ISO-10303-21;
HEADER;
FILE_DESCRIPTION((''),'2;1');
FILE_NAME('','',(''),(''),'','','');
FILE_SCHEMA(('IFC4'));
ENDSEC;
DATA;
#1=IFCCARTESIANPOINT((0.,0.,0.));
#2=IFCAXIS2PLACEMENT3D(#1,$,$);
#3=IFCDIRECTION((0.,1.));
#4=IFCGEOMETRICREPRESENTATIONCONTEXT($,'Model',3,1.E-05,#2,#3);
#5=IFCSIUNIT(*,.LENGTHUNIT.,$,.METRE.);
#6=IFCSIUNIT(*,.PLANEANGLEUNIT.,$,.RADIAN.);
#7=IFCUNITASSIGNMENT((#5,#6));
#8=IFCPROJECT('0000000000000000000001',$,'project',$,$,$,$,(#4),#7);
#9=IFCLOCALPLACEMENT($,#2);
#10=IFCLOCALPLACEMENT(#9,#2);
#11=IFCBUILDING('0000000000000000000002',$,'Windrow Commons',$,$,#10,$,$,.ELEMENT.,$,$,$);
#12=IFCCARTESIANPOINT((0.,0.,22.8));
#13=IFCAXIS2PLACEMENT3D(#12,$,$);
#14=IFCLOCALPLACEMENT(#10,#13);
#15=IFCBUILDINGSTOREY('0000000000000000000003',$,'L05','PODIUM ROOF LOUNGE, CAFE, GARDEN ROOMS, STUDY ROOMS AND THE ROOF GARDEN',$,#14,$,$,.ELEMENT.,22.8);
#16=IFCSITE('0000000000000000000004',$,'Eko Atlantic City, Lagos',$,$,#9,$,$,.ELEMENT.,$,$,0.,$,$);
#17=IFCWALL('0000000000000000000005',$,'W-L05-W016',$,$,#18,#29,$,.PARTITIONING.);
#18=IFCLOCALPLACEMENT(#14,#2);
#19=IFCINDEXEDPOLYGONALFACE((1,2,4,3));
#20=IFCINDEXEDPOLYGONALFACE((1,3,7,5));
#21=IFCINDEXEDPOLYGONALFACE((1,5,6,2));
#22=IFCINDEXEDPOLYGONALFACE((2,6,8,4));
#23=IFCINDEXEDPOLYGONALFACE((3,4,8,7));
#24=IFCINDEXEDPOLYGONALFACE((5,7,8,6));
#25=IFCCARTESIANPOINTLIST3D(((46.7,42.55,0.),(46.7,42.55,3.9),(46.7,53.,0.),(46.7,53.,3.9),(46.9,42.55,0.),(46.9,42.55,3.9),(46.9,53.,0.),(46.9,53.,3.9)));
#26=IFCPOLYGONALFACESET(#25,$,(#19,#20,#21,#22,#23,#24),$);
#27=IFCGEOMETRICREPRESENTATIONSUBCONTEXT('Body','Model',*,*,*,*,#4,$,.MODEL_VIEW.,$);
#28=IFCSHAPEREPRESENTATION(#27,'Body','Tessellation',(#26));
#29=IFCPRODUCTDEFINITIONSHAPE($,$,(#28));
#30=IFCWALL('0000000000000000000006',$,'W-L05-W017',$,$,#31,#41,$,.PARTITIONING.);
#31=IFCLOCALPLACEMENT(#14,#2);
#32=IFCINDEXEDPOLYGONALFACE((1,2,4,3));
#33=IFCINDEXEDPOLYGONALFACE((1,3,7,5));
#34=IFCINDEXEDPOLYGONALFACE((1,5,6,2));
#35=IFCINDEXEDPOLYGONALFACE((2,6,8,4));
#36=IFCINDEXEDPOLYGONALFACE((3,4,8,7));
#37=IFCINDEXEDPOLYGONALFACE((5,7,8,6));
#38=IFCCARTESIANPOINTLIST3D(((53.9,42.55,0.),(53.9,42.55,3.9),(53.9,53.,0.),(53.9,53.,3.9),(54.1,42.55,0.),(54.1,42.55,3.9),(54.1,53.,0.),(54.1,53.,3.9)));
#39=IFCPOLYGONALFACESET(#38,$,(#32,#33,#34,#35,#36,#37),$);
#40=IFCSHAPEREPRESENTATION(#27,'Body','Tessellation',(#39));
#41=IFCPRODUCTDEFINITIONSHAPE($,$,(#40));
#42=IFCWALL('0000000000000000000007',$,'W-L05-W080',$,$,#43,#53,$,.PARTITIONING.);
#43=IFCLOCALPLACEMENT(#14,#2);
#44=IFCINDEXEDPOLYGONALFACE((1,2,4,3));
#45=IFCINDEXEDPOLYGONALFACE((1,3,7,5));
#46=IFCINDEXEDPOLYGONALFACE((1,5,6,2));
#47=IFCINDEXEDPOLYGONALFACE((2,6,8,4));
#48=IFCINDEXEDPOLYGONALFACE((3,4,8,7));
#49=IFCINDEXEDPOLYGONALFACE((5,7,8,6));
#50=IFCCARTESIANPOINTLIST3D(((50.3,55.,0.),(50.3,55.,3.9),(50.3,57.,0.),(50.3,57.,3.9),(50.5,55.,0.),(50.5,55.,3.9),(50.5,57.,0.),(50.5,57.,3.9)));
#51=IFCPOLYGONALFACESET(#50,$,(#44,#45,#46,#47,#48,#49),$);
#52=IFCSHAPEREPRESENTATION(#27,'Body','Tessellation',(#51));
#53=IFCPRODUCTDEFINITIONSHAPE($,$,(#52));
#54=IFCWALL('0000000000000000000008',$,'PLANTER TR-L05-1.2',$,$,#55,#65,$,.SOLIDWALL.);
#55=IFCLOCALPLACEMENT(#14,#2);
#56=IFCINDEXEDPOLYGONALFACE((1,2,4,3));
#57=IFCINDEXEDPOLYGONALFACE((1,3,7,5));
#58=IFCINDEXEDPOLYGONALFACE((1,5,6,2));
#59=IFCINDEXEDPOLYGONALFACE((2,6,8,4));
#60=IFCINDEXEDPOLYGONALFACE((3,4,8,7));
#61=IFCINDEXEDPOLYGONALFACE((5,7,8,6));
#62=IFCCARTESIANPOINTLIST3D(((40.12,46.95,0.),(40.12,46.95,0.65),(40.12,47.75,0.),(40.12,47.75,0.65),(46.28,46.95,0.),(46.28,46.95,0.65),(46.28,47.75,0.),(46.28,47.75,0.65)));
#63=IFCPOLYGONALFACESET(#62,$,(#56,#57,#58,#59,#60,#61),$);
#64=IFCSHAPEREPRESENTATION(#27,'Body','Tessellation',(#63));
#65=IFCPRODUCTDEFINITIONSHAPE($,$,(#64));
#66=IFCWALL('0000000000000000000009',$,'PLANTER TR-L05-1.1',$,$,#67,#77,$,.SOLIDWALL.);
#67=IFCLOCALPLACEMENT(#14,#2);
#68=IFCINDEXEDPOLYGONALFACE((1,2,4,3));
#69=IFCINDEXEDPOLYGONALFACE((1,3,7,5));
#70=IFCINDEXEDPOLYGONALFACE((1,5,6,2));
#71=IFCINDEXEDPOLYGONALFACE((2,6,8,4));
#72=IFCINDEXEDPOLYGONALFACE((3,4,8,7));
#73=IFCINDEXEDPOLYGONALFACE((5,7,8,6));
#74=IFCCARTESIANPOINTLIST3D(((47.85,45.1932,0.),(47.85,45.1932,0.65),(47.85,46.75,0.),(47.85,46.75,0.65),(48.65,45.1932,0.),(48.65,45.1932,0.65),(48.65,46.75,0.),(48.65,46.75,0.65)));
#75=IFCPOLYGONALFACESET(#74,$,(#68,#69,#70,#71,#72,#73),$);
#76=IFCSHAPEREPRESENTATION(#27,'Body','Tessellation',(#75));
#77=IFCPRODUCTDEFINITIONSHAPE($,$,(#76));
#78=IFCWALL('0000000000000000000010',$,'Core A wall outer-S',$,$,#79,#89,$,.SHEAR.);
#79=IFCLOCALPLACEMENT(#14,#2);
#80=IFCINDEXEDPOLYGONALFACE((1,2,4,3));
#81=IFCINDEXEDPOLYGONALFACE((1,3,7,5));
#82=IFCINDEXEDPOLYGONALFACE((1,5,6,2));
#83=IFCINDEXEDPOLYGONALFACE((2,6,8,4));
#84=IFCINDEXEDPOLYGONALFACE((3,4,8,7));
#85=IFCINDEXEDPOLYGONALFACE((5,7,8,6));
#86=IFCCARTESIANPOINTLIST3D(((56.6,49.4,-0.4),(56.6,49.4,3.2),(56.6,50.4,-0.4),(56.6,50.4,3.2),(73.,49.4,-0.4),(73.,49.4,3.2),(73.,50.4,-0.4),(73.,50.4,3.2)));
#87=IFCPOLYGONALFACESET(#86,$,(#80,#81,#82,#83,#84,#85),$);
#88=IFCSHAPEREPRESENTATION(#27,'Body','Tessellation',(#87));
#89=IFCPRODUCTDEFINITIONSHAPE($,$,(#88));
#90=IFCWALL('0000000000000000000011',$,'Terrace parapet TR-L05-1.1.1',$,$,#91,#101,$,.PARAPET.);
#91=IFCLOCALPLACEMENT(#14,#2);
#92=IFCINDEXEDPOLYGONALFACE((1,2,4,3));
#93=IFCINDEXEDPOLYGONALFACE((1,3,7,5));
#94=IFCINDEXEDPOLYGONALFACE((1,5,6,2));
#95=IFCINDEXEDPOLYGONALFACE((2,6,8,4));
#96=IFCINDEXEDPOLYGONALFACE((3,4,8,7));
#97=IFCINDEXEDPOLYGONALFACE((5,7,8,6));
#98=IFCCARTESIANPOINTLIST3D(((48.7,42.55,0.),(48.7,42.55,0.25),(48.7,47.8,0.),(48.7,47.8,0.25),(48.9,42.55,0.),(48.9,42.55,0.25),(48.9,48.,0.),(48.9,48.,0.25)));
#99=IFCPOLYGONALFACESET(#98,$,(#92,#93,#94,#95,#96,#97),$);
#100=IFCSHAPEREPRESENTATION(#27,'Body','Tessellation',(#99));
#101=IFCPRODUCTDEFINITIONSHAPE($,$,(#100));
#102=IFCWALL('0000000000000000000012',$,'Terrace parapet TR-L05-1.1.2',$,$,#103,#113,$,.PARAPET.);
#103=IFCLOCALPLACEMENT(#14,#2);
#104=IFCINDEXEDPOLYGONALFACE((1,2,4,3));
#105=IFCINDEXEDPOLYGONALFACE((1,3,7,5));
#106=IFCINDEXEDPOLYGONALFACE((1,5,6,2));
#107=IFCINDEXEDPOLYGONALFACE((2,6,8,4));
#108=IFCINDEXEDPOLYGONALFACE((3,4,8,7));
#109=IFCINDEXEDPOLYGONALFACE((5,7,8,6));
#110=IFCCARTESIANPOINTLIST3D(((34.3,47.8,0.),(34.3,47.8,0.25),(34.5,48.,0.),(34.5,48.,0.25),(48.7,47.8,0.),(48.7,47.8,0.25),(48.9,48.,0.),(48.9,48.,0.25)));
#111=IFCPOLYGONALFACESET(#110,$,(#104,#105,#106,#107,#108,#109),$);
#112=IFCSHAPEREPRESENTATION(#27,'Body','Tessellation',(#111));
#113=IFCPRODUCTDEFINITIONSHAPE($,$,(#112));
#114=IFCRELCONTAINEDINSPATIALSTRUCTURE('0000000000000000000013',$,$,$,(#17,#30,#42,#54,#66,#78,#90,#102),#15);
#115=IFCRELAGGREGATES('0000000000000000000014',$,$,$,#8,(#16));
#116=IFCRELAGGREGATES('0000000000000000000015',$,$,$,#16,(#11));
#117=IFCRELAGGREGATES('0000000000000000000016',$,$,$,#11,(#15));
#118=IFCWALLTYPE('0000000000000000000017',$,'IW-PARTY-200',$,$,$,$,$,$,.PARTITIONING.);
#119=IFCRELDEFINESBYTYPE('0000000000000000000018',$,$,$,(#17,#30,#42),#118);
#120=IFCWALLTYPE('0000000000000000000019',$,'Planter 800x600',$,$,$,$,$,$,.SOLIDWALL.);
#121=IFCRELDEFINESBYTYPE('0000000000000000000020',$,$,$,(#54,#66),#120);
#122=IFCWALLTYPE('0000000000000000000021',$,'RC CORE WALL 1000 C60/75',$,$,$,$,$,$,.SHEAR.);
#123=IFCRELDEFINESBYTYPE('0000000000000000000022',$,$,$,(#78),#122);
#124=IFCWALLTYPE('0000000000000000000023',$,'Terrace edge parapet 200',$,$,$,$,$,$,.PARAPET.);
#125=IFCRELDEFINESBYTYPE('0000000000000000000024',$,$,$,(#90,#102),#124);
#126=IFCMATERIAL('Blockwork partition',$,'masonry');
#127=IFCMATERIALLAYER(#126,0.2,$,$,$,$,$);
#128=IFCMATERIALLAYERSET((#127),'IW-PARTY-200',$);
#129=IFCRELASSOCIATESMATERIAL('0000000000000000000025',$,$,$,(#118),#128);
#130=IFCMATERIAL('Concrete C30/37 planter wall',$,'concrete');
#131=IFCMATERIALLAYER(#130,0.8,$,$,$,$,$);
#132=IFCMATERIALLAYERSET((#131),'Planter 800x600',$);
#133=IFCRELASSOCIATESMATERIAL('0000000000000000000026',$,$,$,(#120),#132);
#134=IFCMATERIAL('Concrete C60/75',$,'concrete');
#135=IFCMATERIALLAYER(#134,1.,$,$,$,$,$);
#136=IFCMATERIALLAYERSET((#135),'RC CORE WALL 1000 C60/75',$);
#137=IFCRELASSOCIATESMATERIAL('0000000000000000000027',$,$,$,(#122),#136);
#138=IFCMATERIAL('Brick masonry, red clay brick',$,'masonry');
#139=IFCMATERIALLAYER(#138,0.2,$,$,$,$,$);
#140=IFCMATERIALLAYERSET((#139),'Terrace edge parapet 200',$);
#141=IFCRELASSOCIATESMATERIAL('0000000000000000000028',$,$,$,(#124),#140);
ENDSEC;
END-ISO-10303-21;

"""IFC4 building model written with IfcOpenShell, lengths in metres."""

from ifc_helpers import new_model, si_unit, direction, frame, frame_2d, origin, place, context, subcontext, project, spatial, polyline, rectangle, outline, extrude, material, layer, layer_set, type_object, element, save


model = new_model("IFC4")

# Units and contexts
model_context = context("Model", 3, precision=1e-05, world=origin(), true_north=direction((0.0, 1.0)))
body_context = subcontext(model_context, "Body", "Model", "MODEL_VIEW")
ifc_project = project(units=[si_unit("LENGTHUNIT", "METRE"), si_unit("PLANEANGLEUNIT", "RADIAN")], contexts=[model_context])

# Site, building, storey
site_placement = place(None, origin())
site = spatial("IfcSite", under=ifc_project, at=site_placement, Name="Eko Atlantic City, Lagos", CompositionType="ELEMENT", RefElevation=0.0)
building_placement = place(site_placement, origin())
building = spatial("IfcBuilding", under=site, at=building_placement, Name="Windrow Commons", CompositionType="ELEMENT")
storey_placement = place(building_placement, frame((0.0, 0.0, 22.8)))
storey = spatial("IfcBuildingStorey", under=building, at=storey_placement, Name="L05", Description="PODIUM ROOF LOUNGE, CAFE, GARDEN ROOMS, STUDY ROOMS AND THE ROOF GARDEN", CompositionType="ELEMENT", Elevation=22.8)

# Walls
ifc_material_1 = material(Name="Blockwork partition", Category="masonry")
ifc_layer_1 = layer(ifc_material_1, 0.2)
ifc_layer_set_1 = layer_set([ifc_layer_1], Name="IW-PARTY-200")
wall_type_1 = type_object("IfcWallType", Name="IW-PARTY-200", PredefinedType="PARTITIONING", material=ifc_layer_set_1)
for number, where, z_axis, x_axis, name in (
    (1, (46.8, 42.55, 0.0), (0.0, 0.0, 1.0), (0.0, 1.0, 0.0), "W-L05-W016"),
    (2, (54.0, 42.55, 0.0), (0.0, 0.0, 1.0), (0.0, 1.0, 0.0), "W-L05-W017"),
):
    element("IfcWall", number, at=place(storey_placement, frame(where, z_axis=z_axis, x_axis=x_axis)), inside=storey, type_object=wall_type_1, Name=name, PredefinedType="PARTITIONING", context=body_context, shape_type="SweptSolid", body=[
        extrude(rectangle(XDim=10.45, YDim=0.2, at=frame_2d((5.225, 0.0))), origin(), (0.0, 0.0, 1.0), 3.9),
    ])
wall_1_placement = place(storey_placement, frame((50.4, 55.0, 0.0), z_axis=(0.0, 0.0, 1.0), x_axis=(0.0, 1.0, 0.0)))
element("IfcWall", 3, at=wall_1_placement, inside=storey, type_object=wall_type_1, Name="W-L05-W080", PredefinedType="PARTITIONING", context=body_context, shape_type="SweptSolid", body=[
    extrude(rectangle(XDim=2.0, YDim=0.2, at=frame_2d((1.0, 0.0))), origin(), (0.0, 0.0, 1.0), 3.9),
])
ifc_material_2 = material(Name="Concrete C30/37 planter wall", Category="concrete")
ifc_layer_2 = layer(ifc_material_2, 0.8)
ifc_layer_set_2 = layer_set([ifc_layer_2], Name="Planter 800x600")
wall_type_2 = type_object("IfcWallType", Name="Planter 800x600", PredefinedType="SOLIDWALL", material=ifc_layer_set_2)
wall_2_placement = place(storey_placement, frame((46.28, 47.35, 0.0), z_axis=(0.0, 0.0, 1.0), x_axis=(-1.0, 0.0, 0.0)))
element("IfcWall", 4, at=wall_2_placement, inside=storey, type_object=wall_type_2, Name="PLANTER TR-L05-1.2", PredefinedType="SOLIDWALL", context=body_context, shape_type="SweptSolid", body=[
    extrude(rectangle(XDim=6.16, YDim=0.8, at=frame_2d((3.08, 0.0))), origin(), (0.0, 0.0, 1.0), 0.65),
])
wall_3_placement = place(storey_placement, frame((48.25, 45.1932, 0.0), z_axis=(0.0, 0.0, 1.0), x_axis=(0.0, 1.0, 0.0)))
element("IfcWall", 5, at=wall_3_placement, inside=storey, type_object=wall_type_2, Name="PLANTER TR-L05-1.1", PredefinedType="SOLIDWALL", context=body_context, shape_type="SweptSolid", body=[
    extrude(outline(polyline([(0.0, -0.4), (1.5568, -0.4), (1.5568, 0.4), (0.0, 0.4), (0.0, -0.4)])), origin(), (0.0, 0.0, 1.0), 0.65),
])
ifc_material_3 = material(Name="Concrete C60/75", Category="concrete")
ifc_layer_3 = layer(ifc_material_3, 1.0)
ifc_layer_set_3 = layer_set([ifc_layer_3], Name="RC CORE WALL 1000 C60/75")
wall_type_3 = type_object("IfcWallType", Name="RC CORE WALL 1000 C60/75", PredefinedType="SHEAR", material=ifc_layer_set_3)
wall_4_placement = place(storey_placement, frame((56.6, 49.9, -0.4), z_axis=(0.0, 0.0, 1.0), x_axis=(1.0, 0.0, 0.0)))
element("IfcWall", 6, at=wall_4_placement, inside=storey, type_object=wall_type_3, Name="Core A wall outer-S", PredefinedType="SHEAR", context=body_context, shape_type="SweptSolid", body=[
    extrude(rectangle(XDim=16.4, YDim=1.0, at=frame_2d((8.2, 0.0))), origin(), (0.0, 0.0, 1.0), 3.6),
])
ifc_material_4 = material(Name="Brick masonry, red clay brick", Category="masonry")
ifc_layer_4 = layer(ifc_material_4, 0.2)
ifc_layer_set_4 = layer_set([ifc_layer_4], Name="Terrace edge parapet 200")
wall_type_4 = type_object("IfcWallType", Name="Terrace edge parapet 200", PredefinedType="PARAPET", material=ifc_layer_set_4)
wall_5_placement = place(storey_placement, frame((48.8, 42.55, 0.0), z_axis=(0.0, 0.0, 1.0), x_axis=(0.0, 1.0, 0.0)))
element("IfcWall", 7, at=wall_5_placement, inside=storey, type_object=wall_type_4, Name="Terrace parapet TR-L05-1.1.1", PredefinedType="PARAPET", context=body_context, shape_type="SweptSolid", body=[
    extrude(outline(polyline([(0.0, -0.1), (5.45, -0.1), (5.25, 0.1), (0.0, 0.1), (0.0, -0.1)])), origin(), (0.0, 0.0, 1.0), 0.25),
])
wall_6_placement = place(storey_placement, frame((48.8, 47.9, 0.0), z_axis=(0.0, 0.0, 1.0), x_axis=(-1.0, 0.0, 0.0)))
element("IfcWall", 8, at=wall_6_placement, inside=storey, type_object=wall_type_4, Name="Terrace parapet TR-L05-1.1.2", PredefinedType="PARAPET", context=body_context, shape_type="SweptSolid", body=[
    extrude(outline(polyline([(-0.1, -0.1), (14.3, -0.1), (14.5, 0.1), (0.1, 0.1), (-0.1, -0.1)])), origin(), (0.0, 0.0, 1.0), 0.25),
])

save(model, "model.ifc")
